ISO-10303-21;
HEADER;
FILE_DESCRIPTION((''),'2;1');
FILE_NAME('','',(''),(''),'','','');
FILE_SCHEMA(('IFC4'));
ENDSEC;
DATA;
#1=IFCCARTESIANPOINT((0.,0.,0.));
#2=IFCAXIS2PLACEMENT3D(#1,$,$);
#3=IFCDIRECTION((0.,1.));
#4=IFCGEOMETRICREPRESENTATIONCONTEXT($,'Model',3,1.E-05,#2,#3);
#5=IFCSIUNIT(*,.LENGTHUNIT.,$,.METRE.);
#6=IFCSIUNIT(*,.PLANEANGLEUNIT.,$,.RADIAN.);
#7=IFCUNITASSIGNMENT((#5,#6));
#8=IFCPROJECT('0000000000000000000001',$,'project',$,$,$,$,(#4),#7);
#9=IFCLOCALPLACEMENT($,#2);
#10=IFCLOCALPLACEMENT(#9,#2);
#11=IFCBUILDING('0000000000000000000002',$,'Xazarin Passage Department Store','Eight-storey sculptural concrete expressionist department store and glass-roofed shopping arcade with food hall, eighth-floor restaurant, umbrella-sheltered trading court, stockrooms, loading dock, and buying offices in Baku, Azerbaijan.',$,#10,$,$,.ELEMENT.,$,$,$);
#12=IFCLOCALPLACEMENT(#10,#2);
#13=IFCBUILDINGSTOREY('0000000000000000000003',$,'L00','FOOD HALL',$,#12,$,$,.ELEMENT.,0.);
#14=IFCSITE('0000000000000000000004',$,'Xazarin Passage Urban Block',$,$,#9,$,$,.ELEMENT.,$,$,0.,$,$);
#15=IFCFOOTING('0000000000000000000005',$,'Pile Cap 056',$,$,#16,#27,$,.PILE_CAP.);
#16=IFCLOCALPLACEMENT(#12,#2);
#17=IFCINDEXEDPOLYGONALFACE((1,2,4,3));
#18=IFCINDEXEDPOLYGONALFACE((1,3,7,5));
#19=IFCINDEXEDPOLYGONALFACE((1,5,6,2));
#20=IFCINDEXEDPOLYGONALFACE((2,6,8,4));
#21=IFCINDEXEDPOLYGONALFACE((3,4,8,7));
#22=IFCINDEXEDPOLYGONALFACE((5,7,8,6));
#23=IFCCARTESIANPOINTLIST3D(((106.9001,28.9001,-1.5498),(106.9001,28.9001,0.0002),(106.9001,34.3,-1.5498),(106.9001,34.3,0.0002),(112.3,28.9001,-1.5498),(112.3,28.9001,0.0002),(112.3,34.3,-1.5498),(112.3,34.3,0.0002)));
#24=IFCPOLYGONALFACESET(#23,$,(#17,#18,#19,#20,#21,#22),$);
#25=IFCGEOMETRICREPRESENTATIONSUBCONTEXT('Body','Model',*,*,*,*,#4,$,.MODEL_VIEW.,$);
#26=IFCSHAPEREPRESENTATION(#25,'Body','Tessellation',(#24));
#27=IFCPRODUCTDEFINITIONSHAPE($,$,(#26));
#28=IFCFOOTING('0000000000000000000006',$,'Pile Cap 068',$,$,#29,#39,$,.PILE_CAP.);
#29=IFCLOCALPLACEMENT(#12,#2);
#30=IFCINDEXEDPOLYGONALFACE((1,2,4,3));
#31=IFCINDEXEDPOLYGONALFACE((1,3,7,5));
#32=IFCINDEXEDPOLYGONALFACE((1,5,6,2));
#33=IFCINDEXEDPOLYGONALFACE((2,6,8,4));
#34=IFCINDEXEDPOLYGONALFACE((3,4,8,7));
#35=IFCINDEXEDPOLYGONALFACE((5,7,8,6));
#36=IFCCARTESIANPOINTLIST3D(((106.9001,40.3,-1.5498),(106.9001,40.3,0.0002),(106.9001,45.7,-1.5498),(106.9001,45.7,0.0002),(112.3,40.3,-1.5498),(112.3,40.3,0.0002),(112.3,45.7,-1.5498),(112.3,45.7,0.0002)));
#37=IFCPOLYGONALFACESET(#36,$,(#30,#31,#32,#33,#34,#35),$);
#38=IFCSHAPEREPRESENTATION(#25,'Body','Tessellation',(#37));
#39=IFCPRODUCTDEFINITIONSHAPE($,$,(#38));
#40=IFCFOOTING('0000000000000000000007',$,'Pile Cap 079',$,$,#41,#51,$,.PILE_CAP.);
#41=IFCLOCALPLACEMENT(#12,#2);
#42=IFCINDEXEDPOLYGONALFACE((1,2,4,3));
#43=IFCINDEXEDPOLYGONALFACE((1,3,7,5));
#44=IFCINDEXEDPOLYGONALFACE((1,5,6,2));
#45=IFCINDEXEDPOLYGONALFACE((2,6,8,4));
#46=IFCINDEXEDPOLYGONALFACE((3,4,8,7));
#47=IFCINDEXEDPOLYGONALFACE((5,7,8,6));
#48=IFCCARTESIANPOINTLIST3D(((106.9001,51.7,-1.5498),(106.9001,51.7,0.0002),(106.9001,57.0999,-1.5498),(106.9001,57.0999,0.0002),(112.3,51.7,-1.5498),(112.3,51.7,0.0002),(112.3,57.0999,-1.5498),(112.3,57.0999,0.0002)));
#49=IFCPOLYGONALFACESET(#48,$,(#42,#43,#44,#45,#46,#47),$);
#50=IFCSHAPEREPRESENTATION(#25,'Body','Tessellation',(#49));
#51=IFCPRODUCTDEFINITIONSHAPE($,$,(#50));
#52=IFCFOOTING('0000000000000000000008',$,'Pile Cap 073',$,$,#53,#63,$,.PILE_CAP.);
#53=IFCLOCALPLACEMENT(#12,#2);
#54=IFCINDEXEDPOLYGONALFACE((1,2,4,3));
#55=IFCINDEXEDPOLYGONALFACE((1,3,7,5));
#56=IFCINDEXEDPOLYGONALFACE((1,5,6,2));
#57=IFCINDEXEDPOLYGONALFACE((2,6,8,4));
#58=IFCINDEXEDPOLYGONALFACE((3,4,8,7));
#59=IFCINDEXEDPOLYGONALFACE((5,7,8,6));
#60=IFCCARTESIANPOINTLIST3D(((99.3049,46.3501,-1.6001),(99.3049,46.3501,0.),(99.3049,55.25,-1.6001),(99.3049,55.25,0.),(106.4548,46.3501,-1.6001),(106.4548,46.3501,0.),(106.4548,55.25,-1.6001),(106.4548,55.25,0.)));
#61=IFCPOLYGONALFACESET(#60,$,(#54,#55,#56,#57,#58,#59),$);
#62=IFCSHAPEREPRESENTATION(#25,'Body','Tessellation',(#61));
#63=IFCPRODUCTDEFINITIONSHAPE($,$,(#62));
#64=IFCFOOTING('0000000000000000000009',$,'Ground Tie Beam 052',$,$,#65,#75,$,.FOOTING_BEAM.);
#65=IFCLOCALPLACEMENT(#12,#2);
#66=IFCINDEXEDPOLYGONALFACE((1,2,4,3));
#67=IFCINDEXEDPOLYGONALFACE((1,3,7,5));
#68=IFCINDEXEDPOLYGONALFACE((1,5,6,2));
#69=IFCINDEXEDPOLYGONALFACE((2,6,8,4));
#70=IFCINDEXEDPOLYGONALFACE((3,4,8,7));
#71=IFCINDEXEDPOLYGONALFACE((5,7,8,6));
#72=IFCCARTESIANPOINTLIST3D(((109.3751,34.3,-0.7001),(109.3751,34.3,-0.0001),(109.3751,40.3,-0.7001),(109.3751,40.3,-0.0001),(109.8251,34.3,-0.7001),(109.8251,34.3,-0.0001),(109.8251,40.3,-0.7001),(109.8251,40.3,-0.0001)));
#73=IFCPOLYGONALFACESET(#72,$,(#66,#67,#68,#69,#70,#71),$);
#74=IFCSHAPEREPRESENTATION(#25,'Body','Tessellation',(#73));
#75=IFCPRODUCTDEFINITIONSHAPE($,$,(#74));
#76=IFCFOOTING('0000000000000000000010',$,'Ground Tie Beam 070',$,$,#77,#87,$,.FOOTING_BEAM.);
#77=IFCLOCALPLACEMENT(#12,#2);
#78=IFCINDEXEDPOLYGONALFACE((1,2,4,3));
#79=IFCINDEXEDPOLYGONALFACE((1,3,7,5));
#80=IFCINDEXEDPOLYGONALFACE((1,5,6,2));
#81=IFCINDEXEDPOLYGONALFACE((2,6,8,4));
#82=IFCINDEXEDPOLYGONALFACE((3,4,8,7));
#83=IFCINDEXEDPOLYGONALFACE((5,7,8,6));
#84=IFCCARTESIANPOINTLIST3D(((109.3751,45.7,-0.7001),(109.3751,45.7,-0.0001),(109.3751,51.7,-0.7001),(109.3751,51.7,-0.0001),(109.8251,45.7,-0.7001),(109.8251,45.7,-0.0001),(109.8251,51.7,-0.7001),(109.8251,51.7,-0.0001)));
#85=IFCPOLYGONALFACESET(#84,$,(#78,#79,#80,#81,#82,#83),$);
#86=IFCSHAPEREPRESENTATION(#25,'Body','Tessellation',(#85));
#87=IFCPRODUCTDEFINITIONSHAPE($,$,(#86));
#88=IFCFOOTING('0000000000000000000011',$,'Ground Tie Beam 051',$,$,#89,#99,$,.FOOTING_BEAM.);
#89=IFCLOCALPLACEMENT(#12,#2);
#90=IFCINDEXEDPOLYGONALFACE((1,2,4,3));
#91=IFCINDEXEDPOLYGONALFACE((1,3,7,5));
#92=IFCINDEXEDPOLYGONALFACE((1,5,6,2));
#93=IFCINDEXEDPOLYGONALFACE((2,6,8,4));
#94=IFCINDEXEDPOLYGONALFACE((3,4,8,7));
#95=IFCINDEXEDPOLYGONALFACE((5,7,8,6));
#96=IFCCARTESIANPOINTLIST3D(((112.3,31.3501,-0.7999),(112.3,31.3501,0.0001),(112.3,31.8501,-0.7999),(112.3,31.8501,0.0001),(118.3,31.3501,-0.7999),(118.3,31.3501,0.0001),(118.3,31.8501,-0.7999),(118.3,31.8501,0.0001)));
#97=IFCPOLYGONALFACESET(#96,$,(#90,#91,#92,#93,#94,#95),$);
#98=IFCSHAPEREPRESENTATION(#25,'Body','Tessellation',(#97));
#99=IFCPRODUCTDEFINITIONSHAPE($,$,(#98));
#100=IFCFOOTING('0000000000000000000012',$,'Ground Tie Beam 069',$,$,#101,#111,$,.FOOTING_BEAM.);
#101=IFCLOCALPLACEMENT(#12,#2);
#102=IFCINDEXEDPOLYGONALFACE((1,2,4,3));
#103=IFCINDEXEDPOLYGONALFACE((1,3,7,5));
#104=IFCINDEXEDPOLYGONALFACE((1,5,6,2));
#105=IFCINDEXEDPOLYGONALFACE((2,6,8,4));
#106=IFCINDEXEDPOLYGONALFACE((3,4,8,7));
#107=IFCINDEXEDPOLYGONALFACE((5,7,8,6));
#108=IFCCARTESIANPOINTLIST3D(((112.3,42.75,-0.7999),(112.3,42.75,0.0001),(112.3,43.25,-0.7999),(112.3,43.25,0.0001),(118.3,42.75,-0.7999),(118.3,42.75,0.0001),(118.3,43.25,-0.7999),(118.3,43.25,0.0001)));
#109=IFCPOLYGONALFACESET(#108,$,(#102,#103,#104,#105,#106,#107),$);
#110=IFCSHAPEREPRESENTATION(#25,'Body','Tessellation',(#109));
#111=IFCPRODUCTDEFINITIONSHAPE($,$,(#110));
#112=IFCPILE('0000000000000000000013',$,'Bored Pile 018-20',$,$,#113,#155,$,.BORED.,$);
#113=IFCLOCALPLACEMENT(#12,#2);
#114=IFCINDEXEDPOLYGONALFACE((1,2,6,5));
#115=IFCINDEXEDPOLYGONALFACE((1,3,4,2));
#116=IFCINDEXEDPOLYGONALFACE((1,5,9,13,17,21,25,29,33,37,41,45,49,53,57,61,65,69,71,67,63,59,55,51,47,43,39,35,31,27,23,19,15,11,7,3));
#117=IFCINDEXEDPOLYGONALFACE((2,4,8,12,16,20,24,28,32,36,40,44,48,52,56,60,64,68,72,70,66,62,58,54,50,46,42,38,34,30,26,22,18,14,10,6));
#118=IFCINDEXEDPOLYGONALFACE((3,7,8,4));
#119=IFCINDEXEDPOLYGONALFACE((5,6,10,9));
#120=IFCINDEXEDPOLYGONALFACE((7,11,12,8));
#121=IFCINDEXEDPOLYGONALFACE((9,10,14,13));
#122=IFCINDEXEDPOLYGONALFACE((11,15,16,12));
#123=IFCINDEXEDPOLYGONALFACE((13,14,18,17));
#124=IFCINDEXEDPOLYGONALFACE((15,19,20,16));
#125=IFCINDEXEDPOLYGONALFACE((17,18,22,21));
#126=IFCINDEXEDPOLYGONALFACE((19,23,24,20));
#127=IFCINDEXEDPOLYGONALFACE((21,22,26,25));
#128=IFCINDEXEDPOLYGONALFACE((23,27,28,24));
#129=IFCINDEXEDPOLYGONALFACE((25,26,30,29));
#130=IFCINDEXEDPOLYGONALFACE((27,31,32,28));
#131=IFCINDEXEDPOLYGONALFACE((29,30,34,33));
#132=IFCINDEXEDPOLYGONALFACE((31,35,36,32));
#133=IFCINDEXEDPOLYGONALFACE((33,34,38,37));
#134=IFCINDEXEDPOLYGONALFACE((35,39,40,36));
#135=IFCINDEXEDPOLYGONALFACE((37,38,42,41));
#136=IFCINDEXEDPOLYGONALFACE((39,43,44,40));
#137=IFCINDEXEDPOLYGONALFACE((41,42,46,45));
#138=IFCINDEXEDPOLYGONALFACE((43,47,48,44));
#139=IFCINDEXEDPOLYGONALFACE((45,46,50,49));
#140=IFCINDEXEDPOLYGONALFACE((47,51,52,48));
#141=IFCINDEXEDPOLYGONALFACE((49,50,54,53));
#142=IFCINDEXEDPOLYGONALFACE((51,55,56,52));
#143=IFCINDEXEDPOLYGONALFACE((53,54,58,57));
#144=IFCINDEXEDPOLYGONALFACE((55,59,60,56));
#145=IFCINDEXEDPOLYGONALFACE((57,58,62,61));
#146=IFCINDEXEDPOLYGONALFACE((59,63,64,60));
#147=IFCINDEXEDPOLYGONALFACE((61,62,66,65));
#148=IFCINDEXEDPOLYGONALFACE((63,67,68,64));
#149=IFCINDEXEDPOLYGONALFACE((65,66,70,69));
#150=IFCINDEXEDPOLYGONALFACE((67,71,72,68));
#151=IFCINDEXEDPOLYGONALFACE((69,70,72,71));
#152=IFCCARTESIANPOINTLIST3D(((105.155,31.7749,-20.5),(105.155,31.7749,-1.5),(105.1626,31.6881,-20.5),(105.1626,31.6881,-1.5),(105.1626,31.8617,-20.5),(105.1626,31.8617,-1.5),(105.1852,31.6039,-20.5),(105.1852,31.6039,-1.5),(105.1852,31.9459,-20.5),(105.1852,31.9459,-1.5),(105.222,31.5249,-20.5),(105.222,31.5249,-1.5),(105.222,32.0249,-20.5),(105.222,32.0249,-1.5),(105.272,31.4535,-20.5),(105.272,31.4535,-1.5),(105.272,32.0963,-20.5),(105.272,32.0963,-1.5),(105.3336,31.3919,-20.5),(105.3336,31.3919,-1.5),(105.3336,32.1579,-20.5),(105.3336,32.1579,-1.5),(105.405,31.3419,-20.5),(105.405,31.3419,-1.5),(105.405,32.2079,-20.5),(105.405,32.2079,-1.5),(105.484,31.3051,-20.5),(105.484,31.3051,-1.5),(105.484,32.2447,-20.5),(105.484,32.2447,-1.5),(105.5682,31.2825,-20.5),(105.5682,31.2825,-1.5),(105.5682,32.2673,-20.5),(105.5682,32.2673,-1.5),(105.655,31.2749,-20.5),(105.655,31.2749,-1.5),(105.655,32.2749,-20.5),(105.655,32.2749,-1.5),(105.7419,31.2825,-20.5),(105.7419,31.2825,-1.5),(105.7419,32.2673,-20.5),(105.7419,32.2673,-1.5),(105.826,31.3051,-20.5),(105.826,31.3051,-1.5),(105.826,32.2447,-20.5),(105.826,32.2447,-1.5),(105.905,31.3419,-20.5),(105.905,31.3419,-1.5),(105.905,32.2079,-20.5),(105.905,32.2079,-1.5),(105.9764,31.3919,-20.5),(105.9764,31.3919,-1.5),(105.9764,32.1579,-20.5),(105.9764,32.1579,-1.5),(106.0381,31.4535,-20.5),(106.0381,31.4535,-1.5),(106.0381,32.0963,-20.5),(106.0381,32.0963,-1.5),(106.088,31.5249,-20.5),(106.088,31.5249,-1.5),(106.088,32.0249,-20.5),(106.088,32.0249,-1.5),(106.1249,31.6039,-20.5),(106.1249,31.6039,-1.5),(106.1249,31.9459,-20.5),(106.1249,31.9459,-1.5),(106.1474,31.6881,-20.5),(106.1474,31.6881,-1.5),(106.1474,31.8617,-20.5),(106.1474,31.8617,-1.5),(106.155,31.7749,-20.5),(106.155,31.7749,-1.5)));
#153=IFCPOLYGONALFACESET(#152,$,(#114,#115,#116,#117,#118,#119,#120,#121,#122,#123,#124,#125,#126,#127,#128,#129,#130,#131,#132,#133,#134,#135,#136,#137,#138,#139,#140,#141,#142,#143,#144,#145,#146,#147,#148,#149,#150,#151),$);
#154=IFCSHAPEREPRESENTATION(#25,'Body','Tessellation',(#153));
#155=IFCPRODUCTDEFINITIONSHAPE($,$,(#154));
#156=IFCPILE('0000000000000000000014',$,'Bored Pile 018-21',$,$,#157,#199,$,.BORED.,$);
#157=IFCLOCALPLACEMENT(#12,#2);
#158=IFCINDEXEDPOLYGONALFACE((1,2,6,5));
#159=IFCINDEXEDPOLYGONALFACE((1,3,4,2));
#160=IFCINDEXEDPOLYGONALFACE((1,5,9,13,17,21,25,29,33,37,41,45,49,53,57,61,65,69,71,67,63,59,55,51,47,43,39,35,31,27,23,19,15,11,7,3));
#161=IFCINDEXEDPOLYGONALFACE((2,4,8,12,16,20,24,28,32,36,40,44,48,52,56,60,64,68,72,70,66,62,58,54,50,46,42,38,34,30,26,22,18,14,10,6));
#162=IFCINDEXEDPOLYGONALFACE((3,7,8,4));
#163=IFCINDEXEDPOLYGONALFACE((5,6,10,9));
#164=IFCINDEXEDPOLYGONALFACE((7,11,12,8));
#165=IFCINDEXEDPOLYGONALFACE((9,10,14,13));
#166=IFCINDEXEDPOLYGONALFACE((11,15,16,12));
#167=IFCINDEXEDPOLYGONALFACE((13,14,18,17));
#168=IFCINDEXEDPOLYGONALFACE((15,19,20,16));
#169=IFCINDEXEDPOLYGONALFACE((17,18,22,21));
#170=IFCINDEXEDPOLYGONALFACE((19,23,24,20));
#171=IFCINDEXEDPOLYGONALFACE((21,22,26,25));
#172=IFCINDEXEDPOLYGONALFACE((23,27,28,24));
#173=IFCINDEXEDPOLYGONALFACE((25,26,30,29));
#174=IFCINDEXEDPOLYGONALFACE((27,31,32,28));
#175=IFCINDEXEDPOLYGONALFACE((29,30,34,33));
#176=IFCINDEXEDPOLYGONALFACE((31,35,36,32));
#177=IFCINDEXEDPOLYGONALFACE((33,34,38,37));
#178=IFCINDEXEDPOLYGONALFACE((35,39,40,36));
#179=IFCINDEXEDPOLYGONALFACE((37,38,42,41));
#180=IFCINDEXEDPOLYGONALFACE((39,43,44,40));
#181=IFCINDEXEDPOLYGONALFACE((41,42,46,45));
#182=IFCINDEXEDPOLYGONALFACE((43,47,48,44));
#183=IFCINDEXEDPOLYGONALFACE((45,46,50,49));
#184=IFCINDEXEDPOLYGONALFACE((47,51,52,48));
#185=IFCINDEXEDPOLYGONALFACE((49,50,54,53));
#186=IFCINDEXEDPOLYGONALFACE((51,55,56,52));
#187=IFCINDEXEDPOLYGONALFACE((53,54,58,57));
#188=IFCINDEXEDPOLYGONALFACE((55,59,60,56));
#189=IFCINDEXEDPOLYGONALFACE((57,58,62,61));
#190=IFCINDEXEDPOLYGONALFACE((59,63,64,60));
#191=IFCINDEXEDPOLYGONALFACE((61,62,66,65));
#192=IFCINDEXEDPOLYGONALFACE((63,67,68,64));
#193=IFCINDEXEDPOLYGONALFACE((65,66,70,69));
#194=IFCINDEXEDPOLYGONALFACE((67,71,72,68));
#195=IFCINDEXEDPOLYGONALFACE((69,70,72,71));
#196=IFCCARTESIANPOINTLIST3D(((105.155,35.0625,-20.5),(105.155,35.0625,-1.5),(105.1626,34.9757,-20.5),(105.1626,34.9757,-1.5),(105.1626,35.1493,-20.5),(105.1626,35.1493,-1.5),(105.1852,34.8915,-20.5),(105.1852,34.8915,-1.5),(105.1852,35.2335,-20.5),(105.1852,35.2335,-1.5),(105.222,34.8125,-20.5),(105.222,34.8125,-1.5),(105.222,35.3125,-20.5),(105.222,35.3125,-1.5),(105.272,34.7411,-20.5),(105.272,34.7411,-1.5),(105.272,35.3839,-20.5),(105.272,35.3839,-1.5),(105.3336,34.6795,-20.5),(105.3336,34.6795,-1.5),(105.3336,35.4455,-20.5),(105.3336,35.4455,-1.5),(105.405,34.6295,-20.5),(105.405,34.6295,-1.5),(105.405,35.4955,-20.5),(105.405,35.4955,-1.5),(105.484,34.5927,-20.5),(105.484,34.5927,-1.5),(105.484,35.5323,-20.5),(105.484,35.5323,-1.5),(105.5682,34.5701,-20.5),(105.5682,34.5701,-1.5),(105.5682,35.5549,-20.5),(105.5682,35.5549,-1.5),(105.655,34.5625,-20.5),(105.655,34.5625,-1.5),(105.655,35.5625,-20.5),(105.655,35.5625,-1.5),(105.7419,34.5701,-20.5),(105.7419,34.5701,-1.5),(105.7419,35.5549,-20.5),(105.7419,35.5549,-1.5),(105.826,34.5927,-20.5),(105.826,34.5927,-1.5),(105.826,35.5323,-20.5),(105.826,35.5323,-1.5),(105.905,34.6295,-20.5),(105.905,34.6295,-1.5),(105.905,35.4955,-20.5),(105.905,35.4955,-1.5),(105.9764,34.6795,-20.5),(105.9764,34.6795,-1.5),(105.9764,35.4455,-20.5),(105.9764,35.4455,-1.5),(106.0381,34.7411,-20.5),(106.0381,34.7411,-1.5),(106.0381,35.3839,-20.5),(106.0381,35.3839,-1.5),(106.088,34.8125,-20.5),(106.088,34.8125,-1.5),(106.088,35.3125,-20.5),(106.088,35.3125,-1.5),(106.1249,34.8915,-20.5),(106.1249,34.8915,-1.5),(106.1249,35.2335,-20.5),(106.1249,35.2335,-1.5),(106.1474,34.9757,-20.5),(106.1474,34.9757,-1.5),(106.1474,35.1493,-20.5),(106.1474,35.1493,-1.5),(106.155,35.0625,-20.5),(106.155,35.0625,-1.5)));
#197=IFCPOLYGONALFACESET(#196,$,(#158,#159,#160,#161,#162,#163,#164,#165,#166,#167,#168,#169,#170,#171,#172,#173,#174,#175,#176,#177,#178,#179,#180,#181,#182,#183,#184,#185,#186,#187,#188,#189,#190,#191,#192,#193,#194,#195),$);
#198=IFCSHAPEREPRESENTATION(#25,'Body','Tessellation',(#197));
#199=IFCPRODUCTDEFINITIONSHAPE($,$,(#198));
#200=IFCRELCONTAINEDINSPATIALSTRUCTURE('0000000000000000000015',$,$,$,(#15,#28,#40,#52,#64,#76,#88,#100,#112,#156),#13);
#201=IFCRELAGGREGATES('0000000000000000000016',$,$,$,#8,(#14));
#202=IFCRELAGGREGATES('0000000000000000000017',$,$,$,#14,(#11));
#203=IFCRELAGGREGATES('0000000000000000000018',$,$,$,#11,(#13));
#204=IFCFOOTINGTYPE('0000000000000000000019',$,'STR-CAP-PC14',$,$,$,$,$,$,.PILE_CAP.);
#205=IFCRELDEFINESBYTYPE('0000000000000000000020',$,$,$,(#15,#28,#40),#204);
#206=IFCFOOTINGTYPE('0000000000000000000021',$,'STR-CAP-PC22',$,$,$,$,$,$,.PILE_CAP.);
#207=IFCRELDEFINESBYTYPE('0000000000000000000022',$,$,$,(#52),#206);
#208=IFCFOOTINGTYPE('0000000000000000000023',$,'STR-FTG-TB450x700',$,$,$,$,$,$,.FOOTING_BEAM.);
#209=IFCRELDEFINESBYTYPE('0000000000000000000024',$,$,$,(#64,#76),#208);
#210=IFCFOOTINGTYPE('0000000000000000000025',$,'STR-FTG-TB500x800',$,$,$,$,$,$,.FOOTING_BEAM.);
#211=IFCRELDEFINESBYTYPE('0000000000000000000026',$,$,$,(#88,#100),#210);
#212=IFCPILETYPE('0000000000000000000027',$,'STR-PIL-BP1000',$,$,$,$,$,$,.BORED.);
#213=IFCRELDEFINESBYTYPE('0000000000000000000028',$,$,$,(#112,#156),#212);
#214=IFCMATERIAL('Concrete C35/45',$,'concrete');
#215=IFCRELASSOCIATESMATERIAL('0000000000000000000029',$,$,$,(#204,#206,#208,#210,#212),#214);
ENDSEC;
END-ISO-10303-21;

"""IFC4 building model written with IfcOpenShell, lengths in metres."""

from ifc_helpers import new_model, si_unit, direction, frame, origin, origin_2d, place, context, subcontext, project, spatial, rectangle, circle, extrude, material, material_profile, profile_set, type_object, element, save


model = new_model("IFC4")

# Units and contexts
model_context = context("Model", 3, precision=1e-05, world=origin(), true_north=direction((0.0, 1.0)))
body_context = subcontext(model_context, "Body", "Model", "MODEL_VIEW")
ifc_project = project(units=[si_unit("LENGTHUNIT", "METRE"), si_unit("PLANEANGLEUNIT", "RADIAN")], contexts=[model_context])

# Site, building, storey
site_placement = place(None, origin())
site = spatial("IfcSite", under=ifc_project, at=site_placement, Name="Xazarin Passage Urban Block", CompositionType="ELEMENT", RefElevation=0.0)
building_placement = place(site_placement, origin())
building = spatial("IfcBuilding", under=site, at=building_placement, Name="Xazarin Passage Department Store", Description="Eight-storey sculptural concrete expressionist department store and glass-roofed shopping arcade with food hall, eighth-floor restaurant, umbrella-sheltered trading court, stockrooms, loading dock, and buying offices in Baku, Azerbaijan.", CompositionType="ELEMENT")
storey_placement = place(building_placement, origin())
storey = spatial("IfcBuildingStorey", under=building, at=storey_placement, Name="L00", Description="FOOD HALL", CompositionType="ELEMENT", Elevation=0.0)

# Footings
ifc_material_1 = material(Name="Concrete C35/45", Category="concrete")
footing_type_1 = type_object("IfcFootingType", Name="STR-CAP-PC14", PredefinedType="PILE_CAP", material=ifc_material_1)
for number, where, z_axis, x_axis, name in (
    (1, (109.6001, 31.6001, -1.5498), (0.0, 0.0, 1.0), (1.0, 0.0, 0.0), "Pile Cap 056"),
    (2, (109.6001, 43.0, -1.5498), (0.0, 0.0, 1.0), (1.0, 0.0, 0.0), "Pile Cap 068"),
    (3, (109.6001, 54.3999, -1.5498), (0.0, 0.0, 1.0), (1.0, 0.0, 0.0), "Pile Cap 079"),
):
    element("IfcFooting", number, at=place(storey_placement, frame(where, z_axis=z_axis, x_axis=x_axis)), inside=storey, type_object=footing_type_1, Name=name, PredefinedType="PILE_CAP", context=body_context, shape_type="SweptSolid", body=[
        extrude(rectangle(XDim=5.3999, YDim=5.3999, at=origin_2d()), origin(), (0.0, 0.0, 1.0), 1.55),
    ])
footing_type_2 = type_object("IfcFootingType", Name="STR-CAP-PC22", PredefinedType="PILE_CAP", material=ifc_material_1)
footing_placement = place(storey_placement, frame((102.8799, 50.8, -1.6001), z_axis=(0.0, 0.0, 1.0), x_axis=(0.0, 1.0, 0.0)))
element("IfcFooting", 4, at=footing_placement, inside=storey, type_object=footing_type_2, Name="Pile Cap 073", PredefinedType="PILE_CAP", context=body_context, shape_type="SweptSolid", body=[
    extrude(rectangle(XDim=8.8999, YDim=7.1499, at=origin_2d()), origin(), (0.0, 0.0, 1.0), 1.6001),
])
ifc_material_profile_1 = material_profile(ifc_material_1, rectangle(XDim=0.45, YDim=0.7, at=origin_2d()), Name="RC 450x700")
ifc_profile_set_1 = profile_set([ifc_material_profile_1], Name="Concrete C35/45")
footing_type_3 = type_object("IfcFootingType", Name="STR-FTG-TB450x700", PredefinedType="FOOTING_BEAM", material=ifc_profile_set_1)
for number, where, z_axis, x_axis, name in (
    (5, (109.6001, 34.3, -0.3501), (0.0, 1.0, 0.0), (-1.0, 0.0, 0.0), "Ground Tie Beam 052"),
    (6, (109.6001, 45.7, -0.3501), (0.0, 1.0, 0.0), (-1.0, 0.0, 0.0), "Ground Tie Beam 070"),
):
    element("IfcFooting", number, at=place(storey_placement, frame(where, z_axis=z_axis, x_axis=x_axis)), inside=storey, type_object=footing_type_3, Name=name, PredefinedType="FOOTING_BEAM", context=body_context, shape_type="SweptSolid", body=[
        extrude(rectangle(XDim=0.45, YDim=0.7, at=origin_2d()), origin(), (0.0, 0.0, 1.0), 6.0),
    ])
ifc_material_profile_2 = material_profile(ifc_material_1, rectangle(XDim=0.5, YDim=0.8, at=origin_2d()), Name="RC 500x800")
ifc_profile_set_2 = profile_set([ifc_material_profile_2], Name="Concrete C35/45")
footing_type_4 = type_object("IfcFootingType", Name="STR-FTG-TB500x800", PredefinedType="FOOTING_BEAM", material=ifc_profile_set_2)
for number, where, z_axis, x_axis, name in (
    (7, (112.3, 31.6001, -0.3999), (1.0, 0.0, 0.0), (0.0, 1.0, 0.0), "Ground Tie Beam 051"),
    (8, (112.3, 43.0, -0.3999), (1.0, 0.0, 0.0), (0.0, 1.0, 0.0), "Ground Tie Beam 069"),
):
    element("IfcFooting", number, at=place(storey_placement, frame(where, z_axis=z_axis, x_axis=x_axis)), inside=storey, type_object=footing_type_4, Name=name, PredefinedType="FOOTING_BEAM", context=body_context, shape_type="SweptSolid", body=[
        extrude(rectangle(XDim=0.5, YDim=0.8, at=origin_2d()), origin(), (0.0, 0.0, 1.0), 6.0),
    ])

# Piles
ifc_material_profile_3 = material_profile(ifc_material_1, circle(Radius=0.5, at=origin_2d()), Name="BP 1000")
ifc_profile_set_3 = profile_set([ifc_material_profile_3], Name="Concrete C35/45")
pile_type_1 = type_object("IfcPileType", Name="STR-PIL-BP1000", PredefinedType="BORED", material=ifc_profile_set_3)
for number, where, z_axis, x_axis, name in (
    (9, (105.655, 31.7749, -1.5), (0.0, 0.0, -1.0), (1.0, 0.0, 0.0), "Bored Pile 018-20"),
    (10, (105.655, 35.0625, -1.5), (0.0, 0.0, -1.0), (1.0, 0.0, 0.0), "Bored Pile 018-21"),
):
    element("IfcPile", number, at=place(storey_placement, frame(where, z_axis=z_axis, x_axis=x_axis)), inside=storey, type_object=pile_type_1, Name=name, PredefinedType="BORED", context=body_context, shape_type="SweptSolid", body=[
        extrude(circle(Radius=0.5, at=origin_2d()), origin(), (0.0, 0.0, 1.0), 19.0),
    ])

save(model, "model.ifc")
